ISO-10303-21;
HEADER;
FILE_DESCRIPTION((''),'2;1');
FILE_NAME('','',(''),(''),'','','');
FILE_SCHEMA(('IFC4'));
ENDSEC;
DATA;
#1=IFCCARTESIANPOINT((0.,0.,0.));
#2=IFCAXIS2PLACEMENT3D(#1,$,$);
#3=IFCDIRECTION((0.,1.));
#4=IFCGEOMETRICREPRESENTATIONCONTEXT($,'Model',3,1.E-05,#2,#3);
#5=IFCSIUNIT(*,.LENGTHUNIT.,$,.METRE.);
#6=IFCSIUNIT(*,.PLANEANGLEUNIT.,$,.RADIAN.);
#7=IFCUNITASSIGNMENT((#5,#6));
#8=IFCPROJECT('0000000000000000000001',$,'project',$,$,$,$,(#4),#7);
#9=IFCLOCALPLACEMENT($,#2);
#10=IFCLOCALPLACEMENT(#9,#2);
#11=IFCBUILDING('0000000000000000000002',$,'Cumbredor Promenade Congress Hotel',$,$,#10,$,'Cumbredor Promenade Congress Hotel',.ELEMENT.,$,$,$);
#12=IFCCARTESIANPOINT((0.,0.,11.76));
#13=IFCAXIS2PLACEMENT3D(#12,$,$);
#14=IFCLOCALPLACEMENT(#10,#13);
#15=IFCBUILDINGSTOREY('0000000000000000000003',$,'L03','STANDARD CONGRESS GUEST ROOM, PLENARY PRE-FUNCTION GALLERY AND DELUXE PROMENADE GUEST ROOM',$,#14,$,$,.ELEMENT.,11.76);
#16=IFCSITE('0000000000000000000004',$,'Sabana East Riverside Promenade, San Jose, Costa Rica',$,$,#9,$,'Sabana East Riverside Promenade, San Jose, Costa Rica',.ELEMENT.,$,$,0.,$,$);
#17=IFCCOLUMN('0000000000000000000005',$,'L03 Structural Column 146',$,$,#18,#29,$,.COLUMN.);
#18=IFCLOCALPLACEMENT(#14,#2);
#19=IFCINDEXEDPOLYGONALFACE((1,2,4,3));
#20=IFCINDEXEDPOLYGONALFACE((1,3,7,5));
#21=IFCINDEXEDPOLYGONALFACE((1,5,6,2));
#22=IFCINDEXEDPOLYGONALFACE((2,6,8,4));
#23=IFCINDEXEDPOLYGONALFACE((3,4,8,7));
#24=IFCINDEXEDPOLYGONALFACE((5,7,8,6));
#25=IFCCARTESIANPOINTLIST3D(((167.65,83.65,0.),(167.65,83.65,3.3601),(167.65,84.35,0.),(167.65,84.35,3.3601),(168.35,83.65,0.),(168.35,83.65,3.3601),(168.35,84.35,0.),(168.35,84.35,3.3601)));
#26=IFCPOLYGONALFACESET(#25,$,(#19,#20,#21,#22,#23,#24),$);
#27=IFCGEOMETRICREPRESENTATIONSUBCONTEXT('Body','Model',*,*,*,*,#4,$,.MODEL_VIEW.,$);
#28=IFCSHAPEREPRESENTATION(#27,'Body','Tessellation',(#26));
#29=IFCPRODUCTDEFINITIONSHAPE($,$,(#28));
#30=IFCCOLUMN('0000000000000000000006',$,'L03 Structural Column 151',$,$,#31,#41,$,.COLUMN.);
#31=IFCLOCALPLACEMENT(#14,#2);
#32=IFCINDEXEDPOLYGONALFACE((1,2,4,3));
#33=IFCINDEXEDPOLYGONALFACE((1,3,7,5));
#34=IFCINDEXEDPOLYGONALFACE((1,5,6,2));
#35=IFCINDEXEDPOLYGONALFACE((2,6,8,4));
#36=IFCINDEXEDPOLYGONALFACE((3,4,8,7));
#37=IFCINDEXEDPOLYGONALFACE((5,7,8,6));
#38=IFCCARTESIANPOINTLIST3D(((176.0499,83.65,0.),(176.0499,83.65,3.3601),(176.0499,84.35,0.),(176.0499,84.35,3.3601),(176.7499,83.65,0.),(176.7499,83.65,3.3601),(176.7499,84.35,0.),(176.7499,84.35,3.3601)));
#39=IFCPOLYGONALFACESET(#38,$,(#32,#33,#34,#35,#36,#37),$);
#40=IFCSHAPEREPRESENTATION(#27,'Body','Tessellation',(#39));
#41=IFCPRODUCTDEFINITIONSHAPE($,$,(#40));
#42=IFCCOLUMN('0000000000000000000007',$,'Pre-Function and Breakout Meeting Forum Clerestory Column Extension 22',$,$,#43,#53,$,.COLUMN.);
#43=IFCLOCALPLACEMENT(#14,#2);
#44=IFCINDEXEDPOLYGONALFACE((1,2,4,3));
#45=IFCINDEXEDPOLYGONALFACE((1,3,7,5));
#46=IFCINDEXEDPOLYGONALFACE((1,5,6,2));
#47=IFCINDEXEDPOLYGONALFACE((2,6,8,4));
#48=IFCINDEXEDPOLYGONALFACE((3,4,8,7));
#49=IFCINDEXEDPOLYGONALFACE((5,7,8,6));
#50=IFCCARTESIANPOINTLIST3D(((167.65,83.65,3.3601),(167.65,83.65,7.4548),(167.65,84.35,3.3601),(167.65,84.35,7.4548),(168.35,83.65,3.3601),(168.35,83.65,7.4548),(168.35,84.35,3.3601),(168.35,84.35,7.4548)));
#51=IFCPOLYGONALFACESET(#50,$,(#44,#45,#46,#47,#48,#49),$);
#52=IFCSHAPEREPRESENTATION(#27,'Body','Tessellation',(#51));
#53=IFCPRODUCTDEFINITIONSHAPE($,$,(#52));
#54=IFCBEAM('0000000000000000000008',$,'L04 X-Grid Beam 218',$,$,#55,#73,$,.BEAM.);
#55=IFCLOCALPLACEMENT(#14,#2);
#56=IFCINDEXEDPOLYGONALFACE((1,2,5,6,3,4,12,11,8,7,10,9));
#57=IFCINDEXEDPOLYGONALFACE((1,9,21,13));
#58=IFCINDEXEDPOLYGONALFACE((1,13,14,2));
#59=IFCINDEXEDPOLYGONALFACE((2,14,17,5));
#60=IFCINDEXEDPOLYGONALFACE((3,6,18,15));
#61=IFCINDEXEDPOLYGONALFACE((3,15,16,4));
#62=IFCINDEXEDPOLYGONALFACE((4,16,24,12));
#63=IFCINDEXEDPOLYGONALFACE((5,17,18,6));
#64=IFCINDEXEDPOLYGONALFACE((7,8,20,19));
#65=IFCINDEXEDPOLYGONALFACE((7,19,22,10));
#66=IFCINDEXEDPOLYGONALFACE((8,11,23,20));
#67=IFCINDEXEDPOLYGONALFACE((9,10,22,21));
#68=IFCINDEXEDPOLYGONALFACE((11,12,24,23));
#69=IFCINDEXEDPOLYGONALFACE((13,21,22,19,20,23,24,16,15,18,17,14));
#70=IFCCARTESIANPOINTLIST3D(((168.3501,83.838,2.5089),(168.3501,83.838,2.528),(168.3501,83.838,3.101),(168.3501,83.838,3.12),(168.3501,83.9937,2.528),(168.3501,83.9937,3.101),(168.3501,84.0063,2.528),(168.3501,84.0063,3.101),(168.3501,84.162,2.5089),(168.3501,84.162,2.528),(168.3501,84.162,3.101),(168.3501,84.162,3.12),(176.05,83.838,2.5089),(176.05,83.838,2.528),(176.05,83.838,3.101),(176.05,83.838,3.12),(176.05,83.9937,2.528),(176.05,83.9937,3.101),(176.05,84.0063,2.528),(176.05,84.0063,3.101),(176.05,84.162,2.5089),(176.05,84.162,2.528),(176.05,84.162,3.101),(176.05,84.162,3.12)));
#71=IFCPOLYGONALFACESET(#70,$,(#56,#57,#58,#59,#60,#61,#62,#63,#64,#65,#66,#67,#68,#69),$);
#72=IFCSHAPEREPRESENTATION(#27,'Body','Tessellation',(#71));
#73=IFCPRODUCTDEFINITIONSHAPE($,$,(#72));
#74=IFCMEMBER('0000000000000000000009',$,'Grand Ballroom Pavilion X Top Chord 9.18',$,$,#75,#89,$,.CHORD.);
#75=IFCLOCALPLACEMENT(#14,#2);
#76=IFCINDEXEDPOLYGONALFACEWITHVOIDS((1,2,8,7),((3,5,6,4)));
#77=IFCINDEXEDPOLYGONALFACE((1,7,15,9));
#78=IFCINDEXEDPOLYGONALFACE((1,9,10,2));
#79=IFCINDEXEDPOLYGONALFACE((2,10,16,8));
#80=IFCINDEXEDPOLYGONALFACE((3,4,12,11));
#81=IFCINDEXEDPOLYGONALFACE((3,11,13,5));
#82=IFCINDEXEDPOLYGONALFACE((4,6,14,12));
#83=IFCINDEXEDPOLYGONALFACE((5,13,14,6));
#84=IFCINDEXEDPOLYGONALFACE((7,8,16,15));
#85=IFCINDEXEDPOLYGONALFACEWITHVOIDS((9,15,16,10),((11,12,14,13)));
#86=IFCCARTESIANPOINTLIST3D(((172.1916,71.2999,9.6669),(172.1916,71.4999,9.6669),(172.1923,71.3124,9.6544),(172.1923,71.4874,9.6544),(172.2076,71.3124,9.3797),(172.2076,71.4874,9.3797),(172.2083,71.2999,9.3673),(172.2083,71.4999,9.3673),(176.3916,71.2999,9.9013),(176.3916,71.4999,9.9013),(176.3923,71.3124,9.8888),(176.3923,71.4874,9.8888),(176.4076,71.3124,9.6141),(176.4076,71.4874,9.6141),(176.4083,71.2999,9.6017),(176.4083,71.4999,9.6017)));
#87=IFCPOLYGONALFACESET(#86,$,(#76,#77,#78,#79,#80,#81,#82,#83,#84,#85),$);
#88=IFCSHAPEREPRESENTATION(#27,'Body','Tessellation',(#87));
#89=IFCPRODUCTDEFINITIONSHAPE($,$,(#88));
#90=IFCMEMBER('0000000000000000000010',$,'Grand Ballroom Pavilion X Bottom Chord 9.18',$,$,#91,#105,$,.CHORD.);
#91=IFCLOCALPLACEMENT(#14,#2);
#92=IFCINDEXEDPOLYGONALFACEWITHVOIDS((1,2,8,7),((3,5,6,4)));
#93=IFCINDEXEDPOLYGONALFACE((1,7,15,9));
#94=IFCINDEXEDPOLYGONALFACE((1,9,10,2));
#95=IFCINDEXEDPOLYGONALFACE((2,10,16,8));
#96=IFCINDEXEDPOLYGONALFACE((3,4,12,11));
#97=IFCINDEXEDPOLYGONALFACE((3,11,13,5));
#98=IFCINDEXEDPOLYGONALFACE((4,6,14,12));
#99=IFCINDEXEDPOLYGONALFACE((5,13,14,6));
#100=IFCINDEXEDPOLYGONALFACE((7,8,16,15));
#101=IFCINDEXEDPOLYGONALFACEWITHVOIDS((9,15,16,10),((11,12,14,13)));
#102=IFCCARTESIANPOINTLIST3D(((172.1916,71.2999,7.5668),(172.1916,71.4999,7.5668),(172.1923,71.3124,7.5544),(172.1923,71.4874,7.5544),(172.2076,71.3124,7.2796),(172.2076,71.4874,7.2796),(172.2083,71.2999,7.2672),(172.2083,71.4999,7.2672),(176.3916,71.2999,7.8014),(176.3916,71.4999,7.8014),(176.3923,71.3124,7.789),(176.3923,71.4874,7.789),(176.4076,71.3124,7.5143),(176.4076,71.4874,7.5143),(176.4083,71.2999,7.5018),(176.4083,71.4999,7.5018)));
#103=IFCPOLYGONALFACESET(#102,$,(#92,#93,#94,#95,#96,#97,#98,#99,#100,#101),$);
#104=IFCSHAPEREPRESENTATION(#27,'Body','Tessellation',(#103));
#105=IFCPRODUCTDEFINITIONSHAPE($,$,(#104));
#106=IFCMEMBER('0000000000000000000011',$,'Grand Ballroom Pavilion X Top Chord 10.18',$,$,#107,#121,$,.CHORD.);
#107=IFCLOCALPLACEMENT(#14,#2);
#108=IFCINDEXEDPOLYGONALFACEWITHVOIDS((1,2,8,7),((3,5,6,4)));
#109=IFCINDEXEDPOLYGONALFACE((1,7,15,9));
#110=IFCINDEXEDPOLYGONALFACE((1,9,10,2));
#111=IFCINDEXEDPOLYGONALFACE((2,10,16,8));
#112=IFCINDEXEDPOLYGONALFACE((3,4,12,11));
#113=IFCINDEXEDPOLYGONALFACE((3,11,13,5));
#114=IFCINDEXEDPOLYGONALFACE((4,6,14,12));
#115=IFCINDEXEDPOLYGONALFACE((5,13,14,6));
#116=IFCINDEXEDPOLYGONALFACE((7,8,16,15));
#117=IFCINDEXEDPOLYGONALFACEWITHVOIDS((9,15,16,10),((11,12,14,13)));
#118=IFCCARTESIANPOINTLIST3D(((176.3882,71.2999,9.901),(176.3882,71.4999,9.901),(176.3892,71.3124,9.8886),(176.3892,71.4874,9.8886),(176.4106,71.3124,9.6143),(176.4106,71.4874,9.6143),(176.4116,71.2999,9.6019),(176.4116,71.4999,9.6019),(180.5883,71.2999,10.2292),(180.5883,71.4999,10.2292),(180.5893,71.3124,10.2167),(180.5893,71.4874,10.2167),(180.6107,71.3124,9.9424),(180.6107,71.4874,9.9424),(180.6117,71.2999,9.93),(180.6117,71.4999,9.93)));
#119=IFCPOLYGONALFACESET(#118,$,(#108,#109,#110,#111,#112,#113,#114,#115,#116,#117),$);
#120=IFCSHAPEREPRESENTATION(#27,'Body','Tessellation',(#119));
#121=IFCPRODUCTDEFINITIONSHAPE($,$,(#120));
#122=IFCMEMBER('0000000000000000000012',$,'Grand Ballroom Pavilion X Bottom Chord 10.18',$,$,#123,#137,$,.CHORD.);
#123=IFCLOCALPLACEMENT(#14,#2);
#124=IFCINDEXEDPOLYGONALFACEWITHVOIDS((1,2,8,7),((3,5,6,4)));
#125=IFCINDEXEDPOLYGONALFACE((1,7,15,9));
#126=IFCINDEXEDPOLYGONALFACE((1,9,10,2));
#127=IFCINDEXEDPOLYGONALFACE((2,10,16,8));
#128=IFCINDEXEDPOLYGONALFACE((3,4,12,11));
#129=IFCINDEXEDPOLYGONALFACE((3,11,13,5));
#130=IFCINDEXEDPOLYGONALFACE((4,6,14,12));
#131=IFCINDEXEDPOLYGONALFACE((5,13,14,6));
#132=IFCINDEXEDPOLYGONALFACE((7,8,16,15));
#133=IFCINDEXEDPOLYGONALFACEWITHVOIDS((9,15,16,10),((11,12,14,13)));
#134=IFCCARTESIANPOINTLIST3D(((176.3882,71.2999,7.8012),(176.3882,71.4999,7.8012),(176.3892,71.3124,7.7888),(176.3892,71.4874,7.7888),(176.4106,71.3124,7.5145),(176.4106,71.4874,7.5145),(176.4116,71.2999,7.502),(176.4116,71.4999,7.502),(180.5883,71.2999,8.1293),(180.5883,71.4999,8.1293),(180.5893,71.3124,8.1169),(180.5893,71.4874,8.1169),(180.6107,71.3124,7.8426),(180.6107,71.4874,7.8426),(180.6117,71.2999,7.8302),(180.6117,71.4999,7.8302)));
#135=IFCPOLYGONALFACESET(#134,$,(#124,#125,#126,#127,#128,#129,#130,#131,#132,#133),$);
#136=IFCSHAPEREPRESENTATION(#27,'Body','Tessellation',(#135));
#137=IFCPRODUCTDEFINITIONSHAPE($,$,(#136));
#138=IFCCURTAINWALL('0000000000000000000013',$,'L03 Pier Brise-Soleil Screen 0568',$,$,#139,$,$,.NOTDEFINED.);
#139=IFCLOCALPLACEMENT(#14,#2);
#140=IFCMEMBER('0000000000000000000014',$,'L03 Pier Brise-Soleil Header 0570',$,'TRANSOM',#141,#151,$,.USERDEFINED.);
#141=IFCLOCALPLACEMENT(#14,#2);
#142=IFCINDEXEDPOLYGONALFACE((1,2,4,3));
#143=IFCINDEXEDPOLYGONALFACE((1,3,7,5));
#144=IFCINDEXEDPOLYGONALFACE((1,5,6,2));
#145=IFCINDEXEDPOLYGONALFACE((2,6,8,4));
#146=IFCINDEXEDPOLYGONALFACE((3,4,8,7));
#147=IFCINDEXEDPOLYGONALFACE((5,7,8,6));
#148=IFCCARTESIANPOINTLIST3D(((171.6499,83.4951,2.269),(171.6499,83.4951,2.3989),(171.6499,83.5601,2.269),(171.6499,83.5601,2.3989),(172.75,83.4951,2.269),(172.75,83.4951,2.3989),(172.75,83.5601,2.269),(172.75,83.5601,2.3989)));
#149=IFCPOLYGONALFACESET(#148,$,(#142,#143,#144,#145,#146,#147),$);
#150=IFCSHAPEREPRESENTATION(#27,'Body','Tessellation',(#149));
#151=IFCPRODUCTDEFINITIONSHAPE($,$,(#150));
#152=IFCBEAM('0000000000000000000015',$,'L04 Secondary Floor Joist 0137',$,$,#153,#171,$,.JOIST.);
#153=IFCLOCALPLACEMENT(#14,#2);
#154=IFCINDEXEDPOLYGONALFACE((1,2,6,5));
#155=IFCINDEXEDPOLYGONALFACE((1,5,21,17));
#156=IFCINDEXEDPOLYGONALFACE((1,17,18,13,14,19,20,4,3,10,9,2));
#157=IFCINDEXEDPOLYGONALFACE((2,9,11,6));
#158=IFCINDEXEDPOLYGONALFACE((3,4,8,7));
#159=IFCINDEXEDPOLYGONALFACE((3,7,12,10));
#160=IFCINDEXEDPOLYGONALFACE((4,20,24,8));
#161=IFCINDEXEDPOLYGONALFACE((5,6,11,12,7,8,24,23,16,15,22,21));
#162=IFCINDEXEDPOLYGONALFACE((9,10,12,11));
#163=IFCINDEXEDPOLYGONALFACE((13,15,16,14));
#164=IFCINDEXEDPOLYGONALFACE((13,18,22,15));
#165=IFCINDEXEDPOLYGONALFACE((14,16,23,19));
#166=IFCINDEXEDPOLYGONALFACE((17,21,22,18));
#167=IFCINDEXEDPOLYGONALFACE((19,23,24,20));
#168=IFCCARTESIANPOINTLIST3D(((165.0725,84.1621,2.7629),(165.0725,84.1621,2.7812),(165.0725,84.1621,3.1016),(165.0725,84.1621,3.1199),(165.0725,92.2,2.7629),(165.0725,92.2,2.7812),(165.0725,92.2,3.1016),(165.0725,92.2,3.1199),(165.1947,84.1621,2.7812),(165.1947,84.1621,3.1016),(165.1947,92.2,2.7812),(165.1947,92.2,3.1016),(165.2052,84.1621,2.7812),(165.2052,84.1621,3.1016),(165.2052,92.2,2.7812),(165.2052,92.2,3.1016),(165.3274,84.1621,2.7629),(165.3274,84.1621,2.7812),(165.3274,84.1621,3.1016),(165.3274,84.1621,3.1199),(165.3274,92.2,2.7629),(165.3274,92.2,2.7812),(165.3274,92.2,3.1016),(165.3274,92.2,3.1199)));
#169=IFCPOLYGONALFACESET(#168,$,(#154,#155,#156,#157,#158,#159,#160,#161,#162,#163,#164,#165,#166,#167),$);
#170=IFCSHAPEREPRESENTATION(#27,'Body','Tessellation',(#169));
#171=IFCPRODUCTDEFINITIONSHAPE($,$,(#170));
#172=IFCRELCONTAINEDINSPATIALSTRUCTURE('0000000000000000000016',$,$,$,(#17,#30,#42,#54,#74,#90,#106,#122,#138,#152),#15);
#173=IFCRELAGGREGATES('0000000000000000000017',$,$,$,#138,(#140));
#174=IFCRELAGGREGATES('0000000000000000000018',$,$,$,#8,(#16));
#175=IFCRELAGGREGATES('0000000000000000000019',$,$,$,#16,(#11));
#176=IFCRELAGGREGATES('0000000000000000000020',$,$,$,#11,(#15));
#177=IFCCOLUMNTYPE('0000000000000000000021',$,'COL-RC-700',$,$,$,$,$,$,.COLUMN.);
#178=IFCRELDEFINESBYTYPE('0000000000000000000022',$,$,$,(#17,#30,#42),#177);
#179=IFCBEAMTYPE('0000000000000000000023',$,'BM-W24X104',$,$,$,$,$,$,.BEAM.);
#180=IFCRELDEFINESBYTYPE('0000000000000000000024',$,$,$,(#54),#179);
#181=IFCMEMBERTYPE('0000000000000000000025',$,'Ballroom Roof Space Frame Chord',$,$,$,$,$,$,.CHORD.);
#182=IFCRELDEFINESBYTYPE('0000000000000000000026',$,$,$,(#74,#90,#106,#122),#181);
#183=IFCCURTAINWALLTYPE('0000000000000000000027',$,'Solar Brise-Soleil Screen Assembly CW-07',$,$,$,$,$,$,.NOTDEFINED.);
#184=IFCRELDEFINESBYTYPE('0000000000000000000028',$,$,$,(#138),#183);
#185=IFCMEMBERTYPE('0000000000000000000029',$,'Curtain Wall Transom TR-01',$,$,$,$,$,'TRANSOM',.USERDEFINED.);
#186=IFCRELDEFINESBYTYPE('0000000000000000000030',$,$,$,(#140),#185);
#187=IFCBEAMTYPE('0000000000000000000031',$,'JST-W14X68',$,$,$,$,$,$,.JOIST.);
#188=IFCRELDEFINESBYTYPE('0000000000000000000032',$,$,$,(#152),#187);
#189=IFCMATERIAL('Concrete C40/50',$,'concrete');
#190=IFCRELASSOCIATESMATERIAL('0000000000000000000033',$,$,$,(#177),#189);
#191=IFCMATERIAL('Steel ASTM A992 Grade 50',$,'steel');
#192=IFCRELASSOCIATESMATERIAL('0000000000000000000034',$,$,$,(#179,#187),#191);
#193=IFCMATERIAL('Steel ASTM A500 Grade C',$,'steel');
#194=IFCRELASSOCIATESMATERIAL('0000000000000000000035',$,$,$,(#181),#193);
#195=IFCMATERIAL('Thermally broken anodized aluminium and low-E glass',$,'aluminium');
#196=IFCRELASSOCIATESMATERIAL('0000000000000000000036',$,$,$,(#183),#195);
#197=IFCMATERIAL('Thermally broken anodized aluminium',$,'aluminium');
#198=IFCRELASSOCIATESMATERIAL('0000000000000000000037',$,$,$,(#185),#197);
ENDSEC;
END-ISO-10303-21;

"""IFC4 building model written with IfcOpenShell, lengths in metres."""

from ifc_helpers import new_model, si_unit, direction, frame, origin, origin_2d, place, context, subcontext, project, spatial, rectangle, hollow_rectangle, i_section, extrude, material, material_profile, profile_set, type_object, element, aggregate, save


model = new_model("IFC4")

# Units and contexts
model_context = context("Model", 3, precision=1e-05, world=origin(), true_north=direction((0.0, 1.0)))
body_context = subcontext(model_context, "Body", "Model", "MODEL_VIEW")
ifc_project = project(units=[si_unit("LENGTHUNIT", "METRE"), si_unit("PLANEANGLEUNIT", "RADIAN")], contexts=[model_context])

# Site, building, storey
site_placement = place(None, origin())
site = spatial("IfcSite", under=ifc_project, at=site_placement, Name="Sabana East Riverside Promenade, San Jose, Costa Rica", LongName="Sabana East Riverside Promenade, San Jose, Costa Rica", CompositionType="ELEMENT", RefElevation=0.0)
building_placement = place(site_placement, origin())
building = spatial("IfcBuilding", under=site, at=building_placement, Name="Cumbredor Promenade Congress Hotel", LongName="Cumbredor Promenade Congress Hotel", CompositionType="ELEMENT")
storey_placement = place(building_placement, frame((0.0, 0.0, 11.76)))
storey = spatial("IfcBuildingStorey", under=building, at=storey_placement, Name="L03", Description="STANDARD CONGRESS GUEST ROOM, PLENARY PRE-FUNCTION GALLERY AND DELUXE PROMENADE GUEST ROOM", CompositionType="ELEMENT", Elevation=11.76)

# Columns
ifc_material_1 = material(Name="Concrete C40/50", Category="concrete")
ifc_material_profile_1 = material_profile(ifc_material_1, rectangle(XDim=0.7, YDim=0.7, at=origin_2d()), Name="RC 700x700")
ifc_profile_set_1 = profile_set([ifc_material_profile_1], Name="Concrete C40/50")
column_type = type_object("IfcColumnType", Name="COL-RC-700", PredefinedType="COLUMN", material=ifc_profile_set_1)
for number, where, z_axis, x_axis, name in (
    (1, (168.0, 84.0, 0.0), (0.0, 0.0, 1.0), (1.0, 0.0, 0.0), "L03 Structural Column 146"),
    (2, (176.3999, 84.0, 0.0), (0.0, 0.0, 1.0), (1.0, 0.0, 0.0), "L03 Structural Column 151"),
):
    element("IfcColumn", number, at=place(storey_placement, frame(where, z_axis=z_axis, x_axis=x_axis)), inside=storey, type_object=column_type, Name=name, PredefinedType="COLUMN", context=body_context, shape_type="SweptSolid", body=[
        extrude(rectangle(XDim=0.7, YDim=0.7, at=origin_2d()), origin(), (0.0, 0.0, 1.0), 3.3601),
    ])
column_placement = place(storey_placement, frame((168.0, 84.0, 3.3601), z_axis=(0.0, 0.0, 1.0), x_axis=(1.0, 0.0, 0.0)))
element("IfcColumn", 3, at=column_placement, inside=storey, type_object=column_type, Name="Pre-Function and Breakout Meeting Forum Clerestory Column Extension 22", PredefinedType="COLUMN", context=body_context, shape_type="SweptSolid", body=[
    extrude(rectangle(XDim=0.7, YDim=0.7, at=origin_2d()), origin(), (0.0, 0.0, 1.0), 4.0947),
])

# Beam
ifc_material_2 = material(Name="Steel ASTM A992 Grade 50", Category="steel")
ifc_material_profile_2 = material_profile(ifc_material_2, i_section(OverallWidth=0.324, OverallDepth=0.6111, WebThickness=0.0127, FlangeThickness=0.019, at=origin_2d()), Name="W24X104")
ifc_profile_set_2 = profile_set([ifc_material_profile_2], Name="Steel ASTM A992 Grade 50")
beam_type_1 = type_object("IfcBeamType", Name="BM-W24X104", PredefinedType="BEAM", material=ifc_profile_set_2)
beam_1_placement = place(storey_placement, frame((168.3501, 84.0, 2.8145), z_axis=(1.0, 0.0, 0.0), x_axis=(0.0, 1.0, 0.0)))
element("IfcBeam", 4, at=beam_1_placement, inside=storey, type_object=beam_type_1, Name="L04 X-Grid Beam 218", PredefinedType="BEAM", context=body_context, shape_type="SweptSolid", body=[
    extrude(i_section(OverallWidth=0.324, OverallDepth=0.6111, WebThickness=0.0127, FlangeThickness=0.019, at=origin_2d()), origin(), (0.0, 0.0, 1.0), 7.7),
])

# Members
ifc_material_3 = material(Name="Steel ASTM A500 Grade C", Category="steel")
ifc_material_profile_3 = material_profile(ifc_material_3, hollow_rectangle(XDim=0.2, YDim=0.3, WallThickness=0.0125, at=origin_2d()), Name="HSS 300x200x12.5")
ifc_profile_set_3 = profile_set([ifc_material_profile_3], Name="Steel ASTM A500 Grade C")
member_type_1 = type_object("IfcMemberType", Name="Ballroom Roof Space Frame Chord", PredefinedType="CHORD", material=ifc_profile_set_3)
for number, where, z_axis, x_axis, name in (
    (5, (172.2, 71.3999, 9.5171), (0.998447, 0.0, 0.055718), (0.0, 1.0, 0.0), "Grand Ballroom Pavilion X Top Chord 9.18"),
    (6, (172.2, 71.3999, 7.417), (0.998443, 0.0, 0.055775), (0.0, 1.0, 0.0), "Grand Ballroom Pavilion X Bottom Chord 9.18"),
):
    element("IfcMember", number, at=place(storey_placement, frame(where, z_axis=z_axis, x_axis=x_axis)), inside=storey, type_object=member_type_1, Name=name, PredefinedType="CHORD", context=body_context, shape_type="SweptSolid", body=[
        extrude(hollow_rectangle(XDim=0.2, YDim=0.3, WallThickness=0.0125, at=origin_2d()), origin(), (0.0, 0.0, 1.0), 4.2065),
    ])
for number, where, z_axis, x_axis, name in (
    (7, (176.3999, 71.3999, 9.7515), (0.996962, 0.0, 0.077884), (0.0, 1.0, 0.0), "Grand Ballroom Pavilion X Top Chord 10.18"),
    (8, (176.3999, 71.3999, 7.6516), (0.996962, 0.0, 0.077884), (0.0, 1.0, 0.0), "Grand Ballroom Pavilion X Bottom Chord 10.18"),
):
    element("IfcMember", number, at=place(storey_placement, frame(where, z_axis=z_axis, x_axis=x_axis)), inside=storey, type_object=member_type_1, Name=name, PredefinedType="CHORD", context=body_context, shape_type="SweptSolid", body=[
        extrude(hollow_rectangle(XDim=0.2, YDim=0.3, WallThickness=0.0125, at=origin_2d()), origin(), (0.0, 0.0, 1.0), 4.2129),
    ])

# Curtain wall, member
ifc_material_4 = material(Name="Thermally broken anodized aluminium and low-E glass", Category="aluminium")
curtain_wall_type = type_object("IfcCurtainWallType", Name="Solar Brise-Soleil Screen Assembly CW-07", PredefinedType="NOTDEFINED", material=ifc_material_4)
curtain_wall_1_placement = place(storey_placement, origin())
curtain_wall_1 = element("IfcCurtainWall", 9, at=curtain_wall_1_placement, inside=storey, type_object=curtain_wall_type, Name="L03 Pier Brise-Soleil Screen 0568", PredefinedType="NOTDEFINED")
ifc_material_5 = material(Name="Thermally broken anodized aluminium", Category="aluminium")
ifc_material_profile_4 = material_profile(ifc_material_5, rectangle(XDim=0.0649, YDim=0.1299, at=origin_2d()), Name="ALU TRANSOM 65x130")
ifc_profile_set_4 = profile_set([ifc_material_profile_4], Name="Thermally broken anodized aluminium")
member_type_2 = type_object("IfcMemberType", Name="Curtain Wall Transom TR-01", ElementType="TRANSOM", PredefinedType="USERDEFINED", material=ifc_profile_set_4)
member_1_placement = place(storey_placement, frame((171.6499, 83.5276, 2.334), z_axis=(1.0, 0.0, 0.0), x_axis=(0.0, 1.0, 0.0)))
member_1 = element("IfcMember", 10, at=member_1_placement, type_object=member_type_2, Name="L03 Pier Brise-Soleil Header 0570", ObjectType="TRANSOM", PredefinedType="USERDEFINED", context=body_context, shape_type="SweptSolid", body=[
    extrude(rectangle(XDim=0.0649, YDim=0.1299, at=origin_2d()), origin(), (0.0, 0.0, 1.0), 1.1001),
])

# Beam
ifc_material_profile_5 = material_profile(ifc_material_2, i_section(OverallWidth=0.2549, OverallDepth=0.3569, WebThickness=0.0105, FlangeThickness=0.0183, at=origin_2d()), Name="W14X68")
ifc_profile_set_5 = profile_set([ifc_material_profile_5], Name="Steel ASTM A992 Grade 50")
beam_type_2 = type_object("IfcBeamType", Name="JST-W14X68", PredefinedType="JOIST", material=ifc_profile_set_5)
beam_2_placement = place(storey_placement, frame((165.2, 84.1621, 2.9414), z_axis=(0.0, 1.0, 0.0), x_axis=(-1.0, 0.0, 0.0)))
element("IfcBeam", 11, at=beam_2_placement, inside=storey, type_object=beam_type_2, Name="L04 Secondary Floor Joist 0137", PredefinedType="JOIST", context=body_context, shape_type="SweptSolid", body=[
    extrude(i_section(OverallWidth=0.2549, OverallDepth=0.3569, WebThickness=0.0105, FlangeThickness=0.0183, at=origin_2d()), origin(), (0.0, 0.0, 1.0), 8.0378),
])

aggregate(curtain_wall_1, [member_1])

save(model, "model.ifc")
